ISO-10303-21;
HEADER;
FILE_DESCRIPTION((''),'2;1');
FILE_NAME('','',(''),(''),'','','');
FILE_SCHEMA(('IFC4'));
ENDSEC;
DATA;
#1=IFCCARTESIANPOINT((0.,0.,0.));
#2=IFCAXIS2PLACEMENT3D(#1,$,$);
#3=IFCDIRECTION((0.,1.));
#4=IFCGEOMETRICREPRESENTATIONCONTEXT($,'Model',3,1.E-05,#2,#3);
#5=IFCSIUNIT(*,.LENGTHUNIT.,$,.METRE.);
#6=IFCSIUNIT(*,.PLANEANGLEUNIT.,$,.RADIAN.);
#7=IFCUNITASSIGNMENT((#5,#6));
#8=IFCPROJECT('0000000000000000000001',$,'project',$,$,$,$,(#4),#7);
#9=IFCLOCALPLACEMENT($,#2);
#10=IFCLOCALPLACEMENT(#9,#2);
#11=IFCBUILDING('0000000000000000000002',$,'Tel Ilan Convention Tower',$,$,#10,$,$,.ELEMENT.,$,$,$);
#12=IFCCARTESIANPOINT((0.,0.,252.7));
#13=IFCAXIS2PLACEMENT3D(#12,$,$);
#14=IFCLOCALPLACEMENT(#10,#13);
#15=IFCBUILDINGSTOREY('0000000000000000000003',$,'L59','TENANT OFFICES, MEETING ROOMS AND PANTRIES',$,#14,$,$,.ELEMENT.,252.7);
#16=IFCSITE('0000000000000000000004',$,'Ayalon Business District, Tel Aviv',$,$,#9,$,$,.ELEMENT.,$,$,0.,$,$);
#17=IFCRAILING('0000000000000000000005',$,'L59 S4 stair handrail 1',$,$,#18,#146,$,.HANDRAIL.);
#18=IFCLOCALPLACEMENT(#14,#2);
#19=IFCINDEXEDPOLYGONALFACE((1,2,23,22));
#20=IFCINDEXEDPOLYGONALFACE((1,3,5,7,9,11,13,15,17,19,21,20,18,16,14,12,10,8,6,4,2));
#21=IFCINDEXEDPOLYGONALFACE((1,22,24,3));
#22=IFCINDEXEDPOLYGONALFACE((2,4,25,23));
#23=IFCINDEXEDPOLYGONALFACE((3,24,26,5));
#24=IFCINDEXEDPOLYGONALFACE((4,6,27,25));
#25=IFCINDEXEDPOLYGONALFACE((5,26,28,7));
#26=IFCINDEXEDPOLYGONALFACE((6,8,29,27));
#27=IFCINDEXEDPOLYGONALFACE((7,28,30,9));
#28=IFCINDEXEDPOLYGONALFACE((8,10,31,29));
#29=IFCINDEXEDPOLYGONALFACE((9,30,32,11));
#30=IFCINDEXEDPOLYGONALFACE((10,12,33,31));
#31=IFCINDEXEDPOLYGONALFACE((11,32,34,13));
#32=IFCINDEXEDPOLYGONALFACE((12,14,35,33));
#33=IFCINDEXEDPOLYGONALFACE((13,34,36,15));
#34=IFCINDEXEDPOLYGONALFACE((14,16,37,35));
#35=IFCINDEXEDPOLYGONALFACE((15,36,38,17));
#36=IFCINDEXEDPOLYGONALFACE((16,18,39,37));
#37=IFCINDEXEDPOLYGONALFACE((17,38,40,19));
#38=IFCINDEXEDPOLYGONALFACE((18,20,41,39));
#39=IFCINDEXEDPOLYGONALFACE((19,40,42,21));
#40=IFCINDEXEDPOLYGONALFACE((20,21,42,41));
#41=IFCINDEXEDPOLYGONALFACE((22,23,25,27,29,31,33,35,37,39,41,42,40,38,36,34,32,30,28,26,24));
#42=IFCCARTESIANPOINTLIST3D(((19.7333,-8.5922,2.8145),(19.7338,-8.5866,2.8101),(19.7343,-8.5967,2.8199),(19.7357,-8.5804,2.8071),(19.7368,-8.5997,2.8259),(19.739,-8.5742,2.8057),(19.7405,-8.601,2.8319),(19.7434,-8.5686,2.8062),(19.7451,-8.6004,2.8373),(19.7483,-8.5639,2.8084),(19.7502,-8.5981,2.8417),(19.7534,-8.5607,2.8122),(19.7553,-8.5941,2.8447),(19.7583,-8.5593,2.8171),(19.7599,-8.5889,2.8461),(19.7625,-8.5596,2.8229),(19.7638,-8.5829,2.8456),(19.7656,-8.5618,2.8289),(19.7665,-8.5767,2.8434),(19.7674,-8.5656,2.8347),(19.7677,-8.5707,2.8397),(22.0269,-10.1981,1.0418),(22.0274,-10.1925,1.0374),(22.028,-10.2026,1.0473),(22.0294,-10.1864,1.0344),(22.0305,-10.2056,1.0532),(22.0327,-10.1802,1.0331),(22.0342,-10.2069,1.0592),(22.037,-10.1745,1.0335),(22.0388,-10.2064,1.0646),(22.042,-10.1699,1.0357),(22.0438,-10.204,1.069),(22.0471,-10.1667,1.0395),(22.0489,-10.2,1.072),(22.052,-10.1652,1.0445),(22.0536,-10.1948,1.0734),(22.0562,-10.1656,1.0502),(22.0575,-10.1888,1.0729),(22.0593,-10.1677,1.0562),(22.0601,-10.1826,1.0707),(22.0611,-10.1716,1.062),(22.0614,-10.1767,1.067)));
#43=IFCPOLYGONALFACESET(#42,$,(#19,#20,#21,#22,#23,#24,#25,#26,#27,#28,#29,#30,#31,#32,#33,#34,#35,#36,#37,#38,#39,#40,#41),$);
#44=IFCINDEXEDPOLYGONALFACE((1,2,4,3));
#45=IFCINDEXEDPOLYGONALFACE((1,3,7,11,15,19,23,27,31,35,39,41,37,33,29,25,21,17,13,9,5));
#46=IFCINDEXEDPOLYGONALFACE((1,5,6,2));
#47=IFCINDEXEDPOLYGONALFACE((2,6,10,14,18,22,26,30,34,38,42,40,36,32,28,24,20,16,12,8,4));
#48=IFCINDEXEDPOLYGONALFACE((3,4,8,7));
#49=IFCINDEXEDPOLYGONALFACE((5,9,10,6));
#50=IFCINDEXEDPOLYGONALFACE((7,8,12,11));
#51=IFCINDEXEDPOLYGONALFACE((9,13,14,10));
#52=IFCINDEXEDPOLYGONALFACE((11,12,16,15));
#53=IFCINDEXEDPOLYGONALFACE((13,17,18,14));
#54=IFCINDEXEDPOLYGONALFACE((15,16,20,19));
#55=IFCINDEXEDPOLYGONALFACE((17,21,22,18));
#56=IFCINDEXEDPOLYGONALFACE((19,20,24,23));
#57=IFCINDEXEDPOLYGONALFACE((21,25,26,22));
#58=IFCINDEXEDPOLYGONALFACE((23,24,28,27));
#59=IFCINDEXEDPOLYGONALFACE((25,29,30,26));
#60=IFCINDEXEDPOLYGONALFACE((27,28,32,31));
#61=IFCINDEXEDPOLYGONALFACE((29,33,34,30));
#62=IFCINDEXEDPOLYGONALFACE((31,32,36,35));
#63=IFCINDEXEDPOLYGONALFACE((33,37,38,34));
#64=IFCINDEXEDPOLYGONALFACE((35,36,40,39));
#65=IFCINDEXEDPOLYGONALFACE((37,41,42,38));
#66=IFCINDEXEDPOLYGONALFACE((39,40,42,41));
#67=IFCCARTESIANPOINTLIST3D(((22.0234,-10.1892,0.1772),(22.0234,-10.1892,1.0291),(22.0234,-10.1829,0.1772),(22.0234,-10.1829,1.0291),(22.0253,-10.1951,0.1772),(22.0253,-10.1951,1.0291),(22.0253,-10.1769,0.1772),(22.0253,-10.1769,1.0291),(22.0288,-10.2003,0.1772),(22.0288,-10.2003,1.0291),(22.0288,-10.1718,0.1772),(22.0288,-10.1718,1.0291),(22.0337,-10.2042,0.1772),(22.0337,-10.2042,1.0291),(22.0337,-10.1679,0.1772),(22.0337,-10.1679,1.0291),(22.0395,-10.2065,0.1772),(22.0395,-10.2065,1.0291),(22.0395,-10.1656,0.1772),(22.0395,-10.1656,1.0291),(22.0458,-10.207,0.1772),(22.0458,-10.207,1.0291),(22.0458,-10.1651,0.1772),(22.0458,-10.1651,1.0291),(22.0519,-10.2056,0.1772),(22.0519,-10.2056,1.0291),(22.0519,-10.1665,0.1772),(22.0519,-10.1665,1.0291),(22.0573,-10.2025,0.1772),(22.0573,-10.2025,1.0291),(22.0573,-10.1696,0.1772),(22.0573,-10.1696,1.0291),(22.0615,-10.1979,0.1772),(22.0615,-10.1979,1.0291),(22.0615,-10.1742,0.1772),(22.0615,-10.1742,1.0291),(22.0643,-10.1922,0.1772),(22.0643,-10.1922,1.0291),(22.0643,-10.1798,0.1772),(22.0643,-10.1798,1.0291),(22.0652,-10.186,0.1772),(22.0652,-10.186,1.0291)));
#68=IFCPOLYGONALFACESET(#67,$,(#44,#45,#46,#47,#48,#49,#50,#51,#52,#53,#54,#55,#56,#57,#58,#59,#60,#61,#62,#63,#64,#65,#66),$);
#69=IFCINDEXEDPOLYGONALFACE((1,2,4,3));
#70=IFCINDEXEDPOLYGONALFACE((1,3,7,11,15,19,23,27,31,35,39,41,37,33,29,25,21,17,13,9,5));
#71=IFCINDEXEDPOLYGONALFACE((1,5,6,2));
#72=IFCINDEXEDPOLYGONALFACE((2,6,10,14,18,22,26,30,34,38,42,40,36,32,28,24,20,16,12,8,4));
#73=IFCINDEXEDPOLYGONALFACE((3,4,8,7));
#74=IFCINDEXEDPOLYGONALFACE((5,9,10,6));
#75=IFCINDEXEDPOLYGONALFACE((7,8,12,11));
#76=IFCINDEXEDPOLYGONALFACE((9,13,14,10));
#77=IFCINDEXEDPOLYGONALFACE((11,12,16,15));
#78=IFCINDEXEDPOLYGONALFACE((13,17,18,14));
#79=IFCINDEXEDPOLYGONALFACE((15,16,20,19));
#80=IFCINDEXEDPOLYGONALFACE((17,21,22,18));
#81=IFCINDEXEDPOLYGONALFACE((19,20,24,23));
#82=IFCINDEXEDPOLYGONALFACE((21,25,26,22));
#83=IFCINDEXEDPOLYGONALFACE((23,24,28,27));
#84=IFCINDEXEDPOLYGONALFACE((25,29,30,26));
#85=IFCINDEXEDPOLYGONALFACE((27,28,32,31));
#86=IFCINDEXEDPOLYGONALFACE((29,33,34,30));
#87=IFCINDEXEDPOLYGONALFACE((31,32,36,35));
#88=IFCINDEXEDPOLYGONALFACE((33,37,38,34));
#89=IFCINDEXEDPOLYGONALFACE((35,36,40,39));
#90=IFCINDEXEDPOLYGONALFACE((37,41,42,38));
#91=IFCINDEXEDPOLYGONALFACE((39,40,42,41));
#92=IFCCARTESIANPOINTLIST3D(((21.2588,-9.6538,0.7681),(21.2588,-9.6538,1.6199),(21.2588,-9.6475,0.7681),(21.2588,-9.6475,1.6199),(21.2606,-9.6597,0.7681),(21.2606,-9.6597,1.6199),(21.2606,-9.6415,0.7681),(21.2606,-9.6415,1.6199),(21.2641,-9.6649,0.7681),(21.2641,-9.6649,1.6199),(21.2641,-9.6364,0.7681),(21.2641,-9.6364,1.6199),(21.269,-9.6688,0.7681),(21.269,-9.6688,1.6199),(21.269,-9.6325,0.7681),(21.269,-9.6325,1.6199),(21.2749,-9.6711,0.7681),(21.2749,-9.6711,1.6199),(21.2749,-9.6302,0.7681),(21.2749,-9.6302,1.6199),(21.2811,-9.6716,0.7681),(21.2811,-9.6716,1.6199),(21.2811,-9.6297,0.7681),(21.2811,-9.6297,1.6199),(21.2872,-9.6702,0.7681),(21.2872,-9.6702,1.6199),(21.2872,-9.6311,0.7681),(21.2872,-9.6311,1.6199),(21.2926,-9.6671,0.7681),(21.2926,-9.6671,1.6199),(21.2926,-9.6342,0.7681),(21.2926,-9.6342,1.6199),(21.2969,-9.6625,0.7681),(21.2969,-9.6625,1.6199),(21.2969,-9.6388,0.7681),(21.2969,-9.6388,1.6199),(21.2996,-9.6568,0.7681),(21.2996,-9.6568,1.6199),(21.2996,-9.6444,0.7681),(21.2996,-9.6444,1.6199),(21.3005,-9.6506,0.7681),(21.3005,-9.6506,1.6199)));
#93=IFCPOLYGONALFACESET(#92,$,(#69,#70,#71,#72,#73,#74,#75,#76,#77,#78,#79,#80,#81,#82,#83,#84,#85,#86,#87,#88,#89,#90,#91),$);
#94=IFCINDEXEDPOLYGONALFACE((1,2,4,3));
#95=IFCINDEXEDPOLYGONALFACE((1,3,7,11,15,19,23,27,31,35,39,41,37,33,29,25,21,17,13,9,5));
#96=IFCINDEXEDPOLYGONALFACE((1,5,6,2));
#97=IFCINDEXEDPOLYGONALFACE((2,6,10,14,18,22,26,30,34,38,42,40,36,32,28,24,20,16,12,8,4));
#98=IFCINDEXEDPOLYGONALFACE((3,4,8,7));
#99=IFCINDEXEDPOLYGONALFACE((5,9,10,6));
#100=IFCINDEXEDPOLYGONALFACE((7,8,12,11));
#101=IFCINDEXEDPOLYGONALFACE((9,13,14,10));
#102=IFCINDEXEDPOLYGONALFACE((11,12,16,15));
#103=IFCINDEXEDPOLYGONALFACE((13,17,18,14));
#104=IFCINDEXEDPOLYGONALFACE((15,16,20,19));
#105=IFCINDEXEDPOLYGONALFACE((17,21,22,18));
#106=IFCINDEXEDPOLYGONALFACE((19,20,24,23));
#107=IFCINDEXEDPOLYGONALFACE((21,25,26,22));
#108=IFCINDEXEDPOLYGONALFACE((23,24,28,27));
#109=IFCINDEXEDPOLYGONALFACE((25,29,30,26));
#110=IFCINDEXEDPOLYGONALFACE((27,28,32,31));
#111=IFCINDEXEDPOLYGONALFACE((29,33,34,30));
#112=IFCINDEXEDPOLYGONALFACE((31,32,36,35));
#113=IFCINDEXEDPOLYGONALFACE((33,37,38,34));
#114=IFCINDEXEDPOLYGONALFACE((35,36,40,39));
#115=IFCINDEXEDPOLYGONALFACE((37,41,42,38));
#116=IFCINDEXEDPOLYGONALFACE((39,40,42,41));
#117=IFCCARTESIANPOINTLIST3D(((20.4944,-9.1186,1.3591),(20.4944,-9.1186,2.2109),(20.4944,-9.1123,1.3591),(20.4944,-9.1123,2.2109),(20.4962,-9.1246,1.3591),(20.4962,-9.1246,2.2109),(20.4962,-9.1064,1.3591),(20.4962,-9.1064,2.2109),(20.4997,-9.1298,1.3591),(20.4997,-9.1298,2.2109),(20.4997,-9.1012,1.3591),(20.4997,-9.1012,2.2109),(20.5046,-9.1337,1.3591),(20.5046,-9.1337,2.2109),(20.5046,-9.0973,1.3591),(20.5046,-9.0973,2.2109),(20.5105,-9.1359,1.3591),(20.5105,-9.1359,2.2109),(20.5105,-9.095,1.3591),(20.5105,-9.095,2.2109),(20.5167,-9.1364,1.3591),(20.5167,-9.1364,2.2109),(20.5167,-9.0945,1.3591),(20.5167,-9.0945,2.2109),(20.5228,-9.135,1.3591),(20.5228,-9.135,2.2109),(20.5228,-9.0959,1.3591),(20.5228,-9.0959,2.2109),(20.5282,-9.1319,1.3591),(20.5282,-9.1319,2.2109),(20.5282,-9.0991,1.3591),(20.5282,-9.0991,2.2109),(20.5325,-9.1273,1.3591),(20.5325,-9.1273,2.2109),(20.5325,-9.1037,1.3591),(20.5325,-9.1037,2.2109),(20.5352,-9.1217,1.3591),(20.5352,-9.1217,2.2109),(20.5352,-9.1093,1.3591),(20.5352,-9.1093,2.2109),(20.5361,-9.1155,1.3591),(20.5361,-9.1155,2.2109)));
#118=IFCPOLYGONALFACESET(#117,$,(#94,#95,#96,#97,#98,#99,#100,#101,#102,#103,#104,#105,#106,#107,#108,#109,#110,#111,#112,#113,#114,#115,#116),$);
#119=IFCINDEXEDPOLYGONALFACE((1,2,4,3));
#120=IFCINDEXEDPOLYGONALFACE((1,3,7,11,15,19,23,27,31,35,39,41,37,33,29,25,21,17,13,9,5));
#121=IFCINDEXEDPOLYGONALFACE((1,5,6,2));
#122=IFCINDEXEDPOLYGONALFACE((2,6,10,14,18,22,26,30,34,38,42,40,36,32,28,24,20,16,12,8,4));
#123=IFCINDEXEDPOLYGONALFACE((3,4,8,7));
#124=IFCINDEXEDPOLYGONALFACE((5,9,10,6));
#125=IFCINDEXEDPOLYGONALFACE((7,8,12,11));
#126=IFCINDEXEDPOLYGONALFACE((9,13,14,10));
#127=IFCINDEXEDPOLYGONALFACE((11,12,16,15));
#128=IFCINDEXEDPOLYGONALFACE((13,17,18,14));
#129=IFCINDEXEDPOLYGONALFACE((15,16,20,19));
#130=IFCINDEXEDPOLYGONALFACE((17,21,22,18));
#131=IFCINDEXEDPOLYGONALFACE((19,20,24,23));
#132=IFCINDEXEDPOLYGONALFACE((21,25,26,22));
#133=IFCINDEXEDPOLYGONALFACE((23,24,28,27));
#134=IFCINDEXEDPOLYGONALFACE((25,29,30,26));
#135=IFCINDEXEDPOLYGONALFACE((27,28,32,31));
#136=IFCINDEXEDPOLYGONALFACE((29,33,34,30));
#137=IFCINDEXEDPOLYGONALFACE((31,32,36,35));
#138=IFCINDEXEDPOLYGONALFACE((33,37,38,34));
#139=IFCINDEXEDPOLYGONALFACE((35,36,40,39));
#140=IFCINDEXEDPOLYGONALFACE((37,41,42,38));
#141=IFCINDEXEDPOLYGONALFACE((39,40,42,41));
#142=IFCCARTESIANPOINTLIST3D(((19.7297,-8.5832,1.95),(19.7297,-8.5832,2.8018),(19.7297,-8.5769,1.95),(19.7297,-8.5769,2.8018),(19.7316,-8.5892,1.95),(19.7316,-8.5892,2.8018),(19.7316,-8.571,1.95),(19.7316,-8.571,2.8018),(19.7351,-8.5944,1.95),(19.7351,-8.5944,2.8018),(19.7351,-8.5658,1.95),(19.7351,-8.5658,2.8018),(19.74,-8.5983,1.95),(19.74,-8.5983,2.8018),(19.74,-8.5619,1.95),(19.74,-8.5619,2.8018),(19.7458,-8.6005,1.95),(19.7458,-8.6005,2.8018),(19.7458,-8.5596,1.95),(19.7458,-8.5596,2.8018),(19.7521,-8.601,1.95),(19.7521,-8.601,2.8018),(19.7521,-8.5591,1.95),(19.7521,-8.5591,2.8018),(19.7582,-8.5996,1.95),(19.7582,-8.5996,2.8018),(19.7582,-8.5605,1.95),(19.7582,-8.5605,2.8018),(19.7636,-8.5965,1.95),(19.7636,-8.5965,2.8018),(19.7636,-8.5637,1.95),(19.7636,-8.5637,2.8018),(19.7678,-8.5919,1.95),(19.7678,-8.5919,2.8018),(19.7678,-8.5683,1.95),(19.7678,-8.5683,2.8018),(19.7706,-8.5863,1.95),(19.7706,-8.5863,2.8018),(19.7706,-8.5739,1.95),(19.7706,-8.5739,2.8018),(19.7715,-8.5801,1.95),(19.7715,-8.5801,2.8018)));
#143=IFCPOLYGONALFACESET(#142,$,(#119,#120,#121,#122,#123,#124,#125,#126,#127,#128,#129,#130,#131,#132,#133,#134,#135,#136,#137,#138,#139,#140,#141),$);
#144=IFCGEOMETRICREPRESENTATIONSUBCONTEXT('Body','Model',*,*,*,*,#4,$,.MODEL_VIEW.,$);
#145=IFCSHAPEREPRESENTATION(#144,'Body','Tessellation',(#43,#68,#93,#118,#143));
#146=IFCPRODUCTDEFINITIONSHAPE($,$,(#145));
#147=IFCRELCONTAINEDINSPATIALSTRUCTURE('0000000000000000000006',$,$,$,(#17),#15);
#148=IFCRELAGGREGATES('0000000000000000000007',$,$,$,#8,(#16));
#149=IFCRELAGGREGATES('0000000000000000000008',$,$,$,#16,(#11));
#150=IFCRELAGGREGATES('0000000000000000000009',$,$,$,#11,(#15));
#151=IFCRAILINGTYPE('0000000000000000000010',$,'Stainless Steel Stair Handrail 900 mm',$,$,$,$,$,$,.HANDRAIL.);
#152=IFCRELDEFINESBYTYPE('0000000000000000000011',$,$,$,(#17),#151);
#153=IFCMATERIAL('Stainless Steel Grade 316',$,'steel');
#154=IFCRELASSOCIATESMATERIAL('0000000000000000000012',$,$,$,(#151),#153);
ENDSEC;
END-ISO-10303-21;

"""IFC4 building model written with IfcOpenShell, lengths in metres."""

from ifc_helpers import new_model, si_unit, direction, frame, origin, origin_2d, place, context, subcontext, project, spatial, circle, extrude, material, type_object, element, save


model = new_model("IFC4")

# Units and contexts
model_context = context("Model", 3, precision=1e-05, world=origin(), true_north=direction((0.0, 1.0)))
body_context = subcontext(model_context, "Body", "Model", "MODEL_VIEW")
ifc_project = project(units=[si_unit("LENGTHUNIT", "METRE"), si_unit("PLANEANGLEUNIT", "RADIAN")], contexts=[model_context])

# Site, building, storey
site_placement = place(None, origin())
site = spatial("IfcSite", under=ifc_project, at=site_placement, Name="Ayalon Business District, Tel Aviv", CompositionType="ELEMENT", RefElevation=0.0)
building_placement = place(site_placement, origin())
building = spatial("IfcBuilding", under=site, at=building_placement, Name="Tel Ilan Convention Tower", CompositionType="ELEMENT")
storey_placement = place(building_placement, frame((0.0, 0.0, 252.7)))
storey = spatial("IfcBuildingStorey", under=building, at=storey_placement, Name="L59", Description="TENANT OFFICES, MEETING ROOMS AND PANTRIES", CompositionType="ELEMENT", Elevation=252.7)

# Railing
ifc_material_1 = material(Name="Stainless Steel Grade 316", Category="steel")
railing_type_1 = type_object("IfcRailingType", Name="Stainless Steel Stair Handrail 900 mm", PredefinedType="HANDRAIL", material=ifc_material_1)
railing_1_placement = place(storey_placement, frame((22.0442, -10.186, 0.1772)))
element("IfcRailing", 1, at=railing_1_placement, inside=storey, type_object=railing_type_1, Name="L59 S4 stair handrail 1", PredefinedType="HANDRAIL", context=body_context, shape_type="SweptSolid", body=[
    extrude(circle(Radius=0.0239, at=origin_2d()), frame((0.0, 0.0, 0.876), z_axis=(-0.692123, 0.484597, 0.534913), x_axis=(-0.57355, -0.81917, 0.0)), (0.0, 0.0, 1.0), 3.314),
    extrude(circle(Radius=0.021, at=origin_2d()), origin(), (0.0, 0.0, 1.0), 0.8518),
    extrude(circle(Radius=0.021, at=origin_2d()), frame((-0.7646, 0.5354, 0.5908)), (0.0, 0.0, 1.0), 0.8518),
    extrude(circle(Radius=0.021, at=origin_2d()), frame((-1.5291, 1.0706, 1.1819)), (0.0, 0.0, 1.0), 0.8518),
    extrude(circle(Radius=0.021, at=origin_2d()), frame((-2.2937, 1.606, 1.7727)), (0.0, 0.0, 1.0), 0.8518),
])

save(model, "model.ifc")
